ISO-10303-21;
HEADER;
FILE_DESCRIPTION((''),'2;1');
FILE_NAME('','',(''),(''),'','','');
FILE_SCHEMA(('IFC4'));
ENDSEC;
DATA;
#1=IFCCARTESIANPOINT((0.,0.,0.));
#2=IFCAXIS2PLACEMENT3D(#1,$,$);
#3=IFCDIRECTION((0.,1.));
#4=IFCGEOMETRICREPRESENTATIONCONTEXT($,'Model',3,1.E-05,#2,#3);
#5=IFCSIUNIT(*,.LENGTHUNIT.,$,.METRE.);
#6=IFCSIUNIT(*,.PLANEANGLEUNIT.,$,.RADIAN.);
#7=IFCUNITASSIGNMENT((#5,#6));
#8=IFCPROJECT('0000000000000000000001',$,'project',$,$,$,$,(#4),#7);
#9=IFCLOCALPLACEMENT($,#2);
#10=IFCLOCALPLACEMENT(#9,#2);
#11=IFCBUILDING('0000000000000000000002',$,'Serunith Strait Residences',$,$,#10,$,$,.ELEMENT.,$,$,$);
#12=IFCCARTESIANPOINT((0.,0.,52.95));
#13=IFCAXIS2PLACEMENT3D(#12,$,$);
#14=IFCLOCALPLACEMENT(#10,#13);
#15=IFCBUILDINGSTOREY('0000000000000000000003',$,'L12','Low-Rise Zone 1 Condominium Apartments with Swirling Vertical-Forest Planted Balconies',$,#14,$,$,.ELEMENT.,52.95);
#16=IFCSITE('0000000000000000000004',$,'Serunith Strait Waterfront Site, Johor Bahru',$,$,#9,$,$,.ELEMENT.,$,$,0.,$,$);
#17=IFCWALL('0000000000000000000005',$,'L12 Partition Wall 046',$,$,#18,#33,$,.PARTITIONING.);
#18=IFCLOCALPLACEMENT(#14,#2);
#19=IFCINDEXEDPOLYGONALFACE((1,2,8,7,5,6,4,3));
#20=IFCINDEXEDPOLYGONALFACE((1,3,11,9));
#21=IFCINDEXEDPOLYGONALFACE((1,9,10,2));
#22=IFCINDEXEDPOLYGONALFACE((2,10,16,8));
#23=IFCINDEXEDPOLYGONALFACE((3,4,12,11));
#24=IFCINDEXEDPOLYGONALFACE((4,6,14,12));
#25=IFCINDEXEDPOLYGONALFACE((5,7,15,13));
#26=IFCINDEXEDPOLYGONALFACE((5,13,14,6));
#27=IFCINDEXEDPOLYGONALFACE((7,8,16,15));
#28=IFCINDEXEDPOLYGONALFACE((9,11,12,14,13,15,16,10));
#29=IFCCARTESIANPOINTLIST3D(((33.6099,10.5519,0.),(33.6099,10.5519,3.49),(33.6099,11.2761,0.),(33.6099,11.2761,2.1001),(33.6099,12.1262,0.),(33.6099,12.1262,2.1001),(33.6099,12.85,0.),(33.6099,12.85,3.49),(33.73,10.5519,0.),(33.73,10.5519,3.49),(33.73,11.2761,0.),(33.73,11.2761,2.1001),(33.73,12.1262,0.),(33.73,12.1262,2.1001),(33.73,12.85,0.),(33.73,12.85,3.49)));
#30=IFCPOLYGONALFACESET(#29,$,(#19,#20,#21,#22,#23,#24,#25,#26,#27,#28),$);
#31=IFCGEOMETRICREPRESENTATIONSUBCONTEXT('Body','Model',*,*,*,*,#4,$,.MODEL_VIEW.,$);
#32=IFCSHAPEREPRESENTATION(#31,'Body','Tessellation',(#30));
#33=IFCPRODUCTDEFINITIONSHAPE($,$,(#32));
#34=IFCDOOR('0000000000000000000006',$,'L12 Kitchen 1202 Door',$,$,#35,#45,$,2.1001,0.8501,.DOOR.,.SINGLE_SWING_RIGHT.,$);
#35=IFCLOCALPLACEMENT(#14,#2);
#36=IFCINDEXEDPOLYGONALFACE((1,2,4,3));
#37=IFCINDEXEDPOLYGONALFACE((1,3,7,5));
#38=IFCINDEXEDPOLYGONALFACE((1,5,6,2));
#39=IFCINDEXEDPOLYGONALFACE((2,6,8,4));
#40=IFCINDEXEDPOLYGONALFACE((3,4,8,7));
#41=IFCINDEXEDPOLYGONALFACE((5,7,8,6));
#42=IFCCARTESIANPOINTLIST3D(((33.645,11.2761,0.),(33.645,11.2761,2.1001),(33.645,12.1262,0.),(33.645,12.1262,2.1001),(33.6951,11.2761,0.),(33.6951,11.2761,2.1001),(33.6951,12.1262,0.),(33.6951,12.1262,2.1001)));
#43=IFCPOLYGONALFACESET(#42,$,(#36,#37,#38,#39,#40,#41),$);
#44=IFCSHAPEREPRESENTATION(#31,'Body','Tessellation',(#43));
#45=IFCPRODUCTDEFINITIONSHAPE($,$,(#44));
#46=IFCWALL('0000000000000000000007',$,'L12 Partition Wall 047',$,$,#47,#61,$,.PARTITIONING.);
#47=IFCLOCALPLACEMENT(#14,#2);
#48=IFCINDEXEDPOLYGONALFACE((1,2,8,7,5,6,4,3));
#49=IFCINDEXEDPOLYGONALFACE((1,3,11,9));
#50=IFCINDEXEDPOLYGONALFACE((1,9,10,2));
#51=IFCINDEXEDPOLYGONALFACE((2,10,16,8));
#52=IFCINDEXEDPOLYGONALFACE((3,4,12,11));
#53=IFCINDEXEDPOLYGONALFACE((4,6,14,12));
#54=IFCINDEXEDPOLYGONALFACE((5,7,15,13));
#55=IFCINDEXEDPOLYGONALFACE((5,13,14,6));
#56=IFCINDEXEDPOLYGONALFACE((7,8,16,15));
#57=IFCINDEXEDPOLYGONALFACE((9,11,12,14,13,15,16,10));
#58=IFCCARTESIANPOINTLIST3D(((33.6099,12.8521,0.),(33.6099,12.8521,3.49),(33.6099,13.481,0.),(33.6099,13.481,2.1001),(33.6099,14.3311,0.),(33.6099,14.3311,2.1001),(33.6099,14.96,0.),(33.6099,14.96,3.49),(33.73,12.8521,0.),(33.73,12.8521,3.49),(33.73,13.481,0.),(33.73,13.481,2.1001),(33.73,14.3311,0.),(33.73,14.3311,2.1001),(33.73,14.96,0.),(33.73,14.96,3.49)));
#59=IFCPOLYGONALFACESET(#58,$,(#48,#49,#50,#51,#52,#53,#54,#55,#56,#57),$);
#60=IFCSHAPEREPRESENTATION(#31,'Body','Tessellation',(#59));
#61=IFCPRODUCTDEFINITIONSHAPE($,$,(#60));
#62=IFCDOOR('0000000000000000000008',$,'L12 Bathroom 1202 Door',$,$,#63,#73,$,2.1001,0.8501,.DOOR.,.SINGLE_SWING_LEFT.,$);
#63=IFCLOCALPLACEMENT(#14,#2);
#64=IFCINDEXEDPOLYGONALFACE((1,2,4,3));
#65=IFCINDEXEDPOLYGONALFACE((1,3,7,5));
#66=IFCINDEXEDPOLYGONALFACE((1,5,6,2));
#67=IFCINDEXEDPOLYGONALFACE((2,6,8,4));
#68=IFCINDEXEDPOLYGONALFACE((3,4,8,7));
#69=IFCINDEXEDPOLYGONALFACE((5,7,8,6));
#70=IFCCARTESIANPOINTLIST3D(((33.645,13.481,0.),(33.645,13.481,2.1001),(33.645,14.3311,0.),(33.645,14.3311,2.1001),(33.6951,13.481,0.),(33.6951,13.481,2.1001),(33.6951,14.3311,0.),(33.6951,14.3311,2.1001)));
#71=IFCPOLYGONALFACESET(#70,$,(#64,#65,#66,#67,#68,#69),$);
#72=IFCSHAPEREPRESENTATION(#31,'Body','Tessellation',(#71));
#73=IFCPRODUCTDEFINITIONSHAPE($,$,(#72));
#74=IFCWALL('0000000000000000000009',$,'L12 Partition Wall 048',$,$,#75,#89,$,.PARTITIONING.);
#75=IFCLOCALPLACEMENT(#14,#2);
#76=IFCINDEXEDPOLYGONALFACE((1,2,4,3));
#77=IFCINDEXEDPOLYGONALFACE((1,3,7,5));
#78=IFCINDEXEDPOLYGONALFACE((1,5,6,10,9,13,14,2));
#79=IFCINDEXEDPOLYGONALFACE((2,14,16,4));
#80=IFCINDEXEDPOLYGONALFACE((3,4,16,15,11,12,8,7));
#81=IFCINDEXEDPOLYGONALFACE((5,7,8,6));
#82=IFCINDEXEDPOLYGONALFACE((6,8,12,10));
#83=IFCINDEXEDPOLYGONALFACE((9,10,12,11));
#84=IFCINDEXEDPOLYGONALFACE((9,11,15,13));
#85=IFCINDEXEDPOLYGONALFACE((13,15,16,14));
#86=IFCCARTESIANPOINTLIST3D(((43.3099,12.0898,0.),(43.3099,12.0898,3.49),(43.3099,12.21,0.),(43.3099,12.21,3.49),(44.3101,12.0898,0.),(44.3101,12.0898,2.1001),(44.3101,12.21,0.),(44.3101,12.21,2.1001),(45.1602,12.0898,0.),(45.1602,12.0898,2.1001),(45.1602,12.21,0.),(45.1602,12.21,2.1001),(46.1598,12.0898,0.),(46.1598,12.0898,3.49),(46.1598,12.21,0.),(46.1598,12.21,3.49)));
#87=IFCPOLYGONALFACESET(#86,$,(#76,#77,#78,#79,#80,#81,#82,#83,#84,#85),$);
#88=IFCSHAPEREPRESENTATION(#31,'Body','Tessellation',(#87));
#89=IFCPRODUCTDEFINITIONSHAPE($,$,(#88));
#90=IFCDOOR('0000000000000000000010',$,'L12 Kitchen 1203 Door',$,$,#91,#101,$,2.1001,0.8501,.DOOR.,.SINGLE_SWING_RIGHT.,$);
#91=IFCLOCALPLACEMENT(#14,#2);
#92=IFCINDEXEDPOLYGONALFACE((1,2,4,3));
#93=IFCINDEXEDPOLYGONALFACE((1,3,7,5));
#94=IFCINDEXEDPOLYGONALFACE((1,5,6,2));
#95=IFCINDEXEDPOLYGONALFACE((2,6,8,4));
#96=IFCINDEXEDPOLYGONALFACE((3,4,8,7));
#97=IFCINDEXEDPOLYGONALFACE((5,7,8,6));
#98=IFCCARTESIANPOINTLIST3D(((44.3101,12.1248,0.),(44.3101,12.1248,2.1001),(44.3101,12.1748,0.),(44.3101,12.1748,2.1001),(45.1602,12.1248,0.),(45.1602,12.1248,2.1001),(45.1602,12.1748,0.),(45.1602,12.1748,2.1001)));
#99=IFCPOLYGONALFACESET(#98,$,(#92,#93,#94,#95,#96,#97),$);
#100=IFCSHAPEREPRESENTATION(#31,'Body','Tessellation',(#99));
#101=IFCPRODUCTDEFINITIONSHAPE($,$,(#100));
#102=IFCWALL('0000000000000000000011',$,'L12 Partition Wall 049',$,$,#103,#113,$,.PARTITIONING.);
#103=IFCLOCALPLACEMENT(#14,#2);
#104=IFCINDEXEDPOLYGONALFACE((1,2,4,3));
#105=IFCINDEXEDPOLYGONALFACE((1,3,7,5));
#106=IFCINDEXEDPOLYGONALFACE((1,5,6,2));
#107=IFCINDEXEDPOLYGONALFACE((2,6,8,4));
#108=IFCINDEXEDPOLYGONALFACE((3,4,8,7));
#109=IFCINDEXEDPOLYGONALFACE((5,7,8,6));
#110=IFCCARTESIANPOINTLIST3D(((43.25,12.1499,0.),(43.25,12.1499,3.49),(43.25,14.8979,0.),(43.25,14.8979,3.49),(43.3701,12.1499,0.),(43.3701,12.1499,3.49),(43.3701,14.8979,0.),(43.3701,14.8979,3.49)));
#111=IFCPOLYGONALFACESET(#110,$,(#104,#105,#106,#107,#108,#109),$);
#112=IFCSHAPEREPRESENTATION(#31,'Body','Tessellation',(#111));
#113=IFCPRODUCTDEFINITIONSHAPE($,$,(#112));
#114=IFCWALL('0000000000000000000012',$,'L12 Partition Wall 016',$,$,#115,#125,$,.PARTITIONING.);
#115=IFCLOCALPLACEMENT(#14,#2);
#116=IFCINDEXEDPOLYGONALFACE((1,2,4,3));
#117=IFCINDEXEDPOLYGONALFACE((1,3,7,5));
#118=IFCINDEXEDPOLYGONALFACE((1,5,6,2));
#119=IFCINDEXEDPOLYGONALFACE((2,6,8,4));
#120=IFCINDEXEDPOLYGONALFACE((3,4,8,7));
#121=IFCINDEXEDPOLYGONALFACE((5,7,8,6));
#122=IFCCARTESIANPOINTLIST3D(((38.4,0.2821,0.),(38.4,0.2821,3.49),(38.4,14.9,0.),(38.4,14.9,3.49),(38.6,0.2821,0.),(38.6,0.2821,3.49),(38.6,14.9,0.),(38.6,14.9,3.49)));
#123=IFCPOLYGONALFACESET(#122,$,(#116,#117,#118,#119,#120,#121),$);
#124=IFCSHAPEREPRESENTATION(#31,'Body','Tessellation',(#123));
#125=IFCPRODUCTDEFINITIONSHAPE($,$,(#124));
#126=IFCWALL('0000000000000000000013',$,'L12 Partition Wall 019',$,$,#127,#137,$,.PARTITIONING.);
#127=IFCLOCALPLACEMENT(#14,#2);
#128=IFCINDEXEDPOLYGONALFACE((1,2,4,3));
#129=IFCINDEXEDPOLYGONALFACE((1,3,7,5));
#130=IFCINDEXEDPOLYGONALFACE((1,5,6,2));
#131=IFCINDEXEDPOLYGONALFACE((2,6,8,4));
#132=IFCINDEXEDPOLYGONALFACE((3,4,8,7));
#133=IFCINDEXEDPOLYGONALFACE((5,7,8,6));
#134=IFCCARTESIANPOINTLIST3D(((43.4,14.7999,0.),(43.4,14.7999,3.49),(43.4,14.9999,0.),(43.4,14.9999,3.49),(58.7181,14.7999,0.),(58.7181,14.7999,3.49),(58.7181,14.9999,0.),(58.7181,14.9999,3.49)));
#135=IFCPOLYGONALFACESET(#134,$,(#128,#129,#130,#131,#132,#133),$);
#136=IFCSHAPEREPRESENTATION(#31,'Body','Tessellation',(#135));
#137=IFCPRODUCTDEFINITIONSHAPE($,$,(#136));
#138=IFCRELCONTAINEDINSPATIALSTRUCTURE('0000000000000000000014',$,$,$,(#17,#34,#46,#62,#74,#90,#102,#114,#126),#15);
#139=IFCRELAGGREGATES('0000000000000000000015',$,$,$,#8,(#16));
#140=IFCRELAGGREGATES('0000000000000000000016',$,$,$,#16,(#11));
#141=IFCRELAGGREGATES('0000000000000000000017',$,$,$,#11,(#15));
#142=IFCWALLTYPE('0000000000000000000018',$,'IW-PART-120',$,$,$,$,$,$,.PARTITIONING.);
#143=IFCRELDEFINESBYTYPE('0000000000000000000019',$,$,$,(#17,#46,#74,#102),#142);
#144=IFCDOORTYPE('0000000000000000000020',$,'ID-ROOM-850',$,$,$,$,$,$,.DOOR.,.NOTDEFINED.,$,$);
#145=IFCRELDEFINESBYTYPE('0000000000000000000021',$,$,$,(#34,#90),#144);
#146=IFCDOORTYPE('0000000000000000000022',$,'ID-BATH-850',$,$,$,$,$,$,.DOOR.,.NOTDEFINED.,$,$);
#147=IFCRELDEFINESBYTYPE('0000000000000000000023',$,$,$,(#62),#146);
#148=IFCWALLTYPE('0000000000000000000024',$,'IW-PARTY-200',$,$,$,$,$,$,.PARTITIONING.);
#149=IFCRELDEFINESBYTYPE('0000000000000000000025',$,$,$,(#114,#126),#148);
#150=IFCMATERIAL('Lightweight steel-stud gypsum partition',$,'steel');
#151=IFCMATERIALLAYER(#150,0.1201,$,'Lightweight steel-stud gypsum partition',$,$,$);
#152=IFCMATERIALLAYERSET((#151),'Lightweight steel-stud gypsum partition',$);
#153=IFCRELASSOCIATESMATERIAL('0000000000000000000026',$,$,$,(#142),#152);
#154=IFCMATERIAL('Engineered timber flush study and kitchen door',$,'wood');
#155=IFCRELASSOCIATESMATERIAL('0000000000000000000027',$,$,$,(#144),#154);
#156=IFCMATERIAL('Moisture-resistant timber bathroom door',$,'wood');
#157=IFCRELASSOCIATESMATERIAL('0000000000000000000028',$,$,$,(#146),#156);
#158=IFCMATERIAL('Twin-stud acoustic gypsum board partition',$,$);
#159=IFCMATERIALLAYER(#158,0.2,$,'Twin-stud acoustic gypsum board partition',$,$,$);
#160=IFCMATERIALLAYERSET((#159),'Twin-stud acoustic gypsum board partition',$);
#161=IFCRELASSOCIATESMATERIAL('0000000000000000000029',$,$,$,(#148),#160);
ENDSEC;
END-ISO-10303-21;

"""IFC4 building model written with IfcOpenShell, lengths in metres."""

from ifc_helpers import new_model, si_unit, direction, frame, frame_2d, origin, place, context, subcontext, project, spatial, rectangle, extrude, source, transform, mapped, material, layer, layer_set, type_object, element, fill, save


model = new_model("IFC4")

# Units and contexts
model_context = context("Model", 3, precision=1e-05, world=origin(), true_north=direction((0.0, 1.0)))
body_context = subcontext(model_context, "Body", "Model", "MODEL_VIEW")
ifc_project = project(units=[si_unit("LENGTHUNIT", "METRE"), si_unit("PLANEANGLEUNIT", "RADIAN")], contexts=[model_context])

# Site, building, storey
site_placement = place(None, origin())
site = spatial("IfcSite", under=ifc_project, at=site_placement, Name="Serunith Strait Waterfront Site, Johor Bahru", CompositionType="ELEMENT", RefElevation=0.0)
building_placement = place(site_placement, origin())
building = spatial("IfcBuilding", under=site, at=building_placement, Name="Serunith Strait Residences", CompositionType="ELEMENT")
storey_placement = place(building_placement, frame((0.0, 0.0, 52.95)))
storey = spatial("IfcBuildingStorey", under=building, at=storey_placement, Name="L12", Description="Low-Rise Zone 1 Condominium Apartments with Swirling Vertical-Forest Planted Balconies", CompositionType="ELEMENT", Elevation=52.95)

# Walls, openings, doors
ifc_material_1 = material(Name="Lightweight steel-stud gypsum partition", Category="steel")
ifc_layer_1 = layer(ifc_material_1, 0.1201, Name="Lightweight steel-stud gypsum partition")
ifc_layer_set_1 = layer_set([ifc_layer_1], Name="Lightweight steel-stud gypsum partition")
wall_type_1 = type_object("IfcWallType", Name="IW-PART-120", PredefinedType="PARTITIONING", material=ifc_layer_set_1)
ifc_material_2 = material(Name="Engineered timber flush study and kitchen door", Category="wood")
door_type_1 = type_object("IfcDoorType", Name="ID-ROOM-850", OperationType="NOTDEFINED", PredefinedType="DOOR", material=ifc_material_2)
shared_shape_1 = source(origin(), body_context, "Body", "SweptSolid", [
    extrude(rectangle(XDim=0.8501, YDim=2.1001, at=frame_2d((0.425, 1.05))), frame((0.0, 0.0249, 0.0), z_axis=(0.0, -1.0, 0.0), x_axis=(1.0, 0.0, 0.0)), (0.0, 0.0, 1.0), 0.05),
])
wall_1_placement = place(storey_placement, frame((33.6699, 10.552, 0.0), z_axis=(0.0, 0.0, 1.0), x_axis=(0.0, 1.0, 0.0)))
wall_1 = element("IfcWall", 1, at=wall_1_placement, inside=storey, type_object=wall_type_1, Name="L12 Partition Wall 046", PredefinedType="PARTITIONING", context=body_context, shape_type="SweptSolid", body=[
    extrude(rectangle(XDim=2.2981, YDim=0.1201, at=frame_2d((1.1489, 0.0))), origin(), (0.0, 0.0, 1.0), 3.49),
])
opening_1_placement = place(wall_1_placement, frame((0.7241, 0.0, 0.0)))
opening_1 = element("IfcOpeningElement", 2, at=opening_1_placement, cuts=wall_1, PredefinedType="OPENING", context=body_context, shape_type="SweptSolid", body=[
    extrude(rectangle(XDim=0.8501, YDim=2.1001, at=frame_2d((0.425, 1.05))), frame((0.0, 0.0701, 0.0), z_axis=(0.0, -1.0, 0.0), x_axis=(1.0, 0.0, 0.0)), (0.0, 0.0, 1.0), 0.1401),
])
door_1_placement = place(opening_1_placement, origin())
door_1 = element("IfcDoor", 3, at=door_1_placement, inside=storey, type_object=door_type_1, Name="L12 Kitchen 1202 Door", OperationType="SINGLE_SWING_RIGHT", OverallHeight=2.1001, OverallWidth=0.8501, PredefinedType="DOOR", context=body_context, shape_type="MappedRepresentation", body=[
    mapped(shared_shape_1, transform((0.0, 0.0, 0.0), scale=1.0)),
])
fill(opening_1, door_1)
wall_2_placement = place(storey_placement, frame((33.6699, 12.8521, 0.0), z_axis=(0.0, 0.0, 1.0), x_axis=(0.0, 1.0, 0.0)))
wall_2 = element("IfcWall", 4, at=wall_2_placement, inside=storey, type_object=wall_type_1, Name="L12 Partition Wall 047", PredefinedType="PARTITIONING", context=body_context, shape_type="SweptSolid", body=[
    extrude(rectangle(XDim=2.1079, YDim=0.1201, at=frame_2d((1.054, 0.0))), origin(), (0.0, 0.0, 1.0), 3.49),
])
opening_2_placement = place(wall_2_placement, frame((0.6289, 0.0, 0.0)))
opening_2 = element("IfcOpeningElement", 5, at=opening_2_placement, cuts=wall_2, PredefinedType="OPENING", context=body_context, shape_type="SweptSolid", body=[
    extrude(rectangle(XDim=0.8501, YDim=2.1001, at=frame_2d((0.425, 1.05))), frame((0.0, 0.0701, 0.0), z_axis=(0.0, -1.0, 0.0), x_axis=(1.0, 0.0, 0.0)), (0.0, 0.0, 1.0), 0.1401),
])
ifc_material_3 = material(Name="Moisture-resistant timber bathroom door", Category="wood")
door_type_2 = type_object("IfcDoorType", Name="ID-BATH-850", OperationType="NOTDEFINED", PredefinedType="DOOR", material=ifc_material_3)
door_2_placement = place(opening_2_placement, origin())
door_2 = element("IfcDoor", 6, at=door_2_placement, inside=storey, type_object=door_type_2, Name="L12 Bathroom 1202 Door", OperationType="SINGLE_SWING_LEFT", OverallHeight=2.1001, OverallWidth=0.8501, PredefinedType="DOOR", context=body_context, shape_type="MappedRepresentation", body=[
    mapped(shared_shape_1, transform((0.0, 0.0, 0.0), scale=1.0)),
])
fill(opening_2, door_2)
wall_3_placement = place(storey_placement, frame((43.3101, 12.1499, 0.0), z_axis=(0.0, 0.0, 1.0), x_axis=(1.0, 0.0, 0.0)))
wall_3 = element("IfcWall", 7, at=wall_3_placement, inside=storey, type_object=wall_type_1, Name="L12 Partition Wall 048", PredefinedType="PARTITIONING", context=body_context, shape_type="SweptSolid", body=[
    extrude(rectangle(XDim=2.8499, YDim=0.1201, at=frame_2d((1.4248, 0.0))), origin(), (0.0, 0.0, 1.0), 3.49),
])
opening_3_placement = place(wall_3_placement, frame((1.0, 0.0, 0.0)))
opening_3 = element("IfcOpeningElement", 8, at=opening_3_placement, cuts=wall_3, PredefinedType="OPENING", context=body_context, shape_type="SweptSolid", body=[
    extrude(rectangle(XDim=0.8501, YDim=2.1001, at=frame_2d((0.425, 1.05))), frame((0.0, 0.0701, 0.0), z_axis=(0.0, -1.0, 0.0), x_axis=(1.0, 0.0, 0.0)), (0.0, 0.0, 1.0), 0.1401),
])
door_3_placement = place(opening_3_placement, origin())
door_3 = element("IfcDoor", 9, at=door_3_placement, inside=storey, type_object=door_type_1, Name="L12 Kitchen 1203 Door", OperationType="SINGLE_SWING_RIGHT", OverallHeight=2.1001, OverallWidth=0.8501, PredefinedType="DOOR", context=body_context, shape_type="MappedRepresentation", body=[
    mapped(shared_shape_1, transform((0.0, 0.0, 0.0), scale=1.0)),
])
fill(opening_3, door_3)

# Walls
wall_4_placement = place(storey_placement, frame((43.3101, 12.1499, 0.0), z_axis=(0.0, 0.0, 1.0), x_axis=(0.0, 1.0, 0.0)))
element("IfcWall", 10, at=wall_4_placement, inside=storey, type_object=wall_type_1, Name="L12 Partition Wall 049", PredefinedType="PARTITIONING", context=body_context, shape_type="SweptSolid", body=[
    extrude(rectangle(XDim=2.748, YDim=0.1201, at=frame_2d((1.374, 0.0))), origin(), (0.0, 0.0, 1.0), 3.49),
])
ifc_material_4 = material(Name="Twin-stud acoustic gypsum board partition")
ifc_layer_2 = layer(ifc_material_4, 0.2, Name="Twin-stud acoustic gypsum board partition")
ifc_layer_set_2 = layer_set([ifc_layer_2], Name="Twin-stud acoustic gypsum board partition")
wall_type_2 = type_object("IfcWallType", Name="IW-PARTY-200", PredefinedType="PARTITIONING", material=ifc_layer_set_2)
wall_5_placement = place(storey_placement, frame((38.5, 0.282, 0.0), z_axis=(0.0, 0.0, 1.0), x_axis=(0.0, 1.0, 0.0)))
element("IfcWall", 11, at=wall_5_placement, inside=storey, type_object=wall_type_2, Name="L12 Partition Wall 016", PredefinedType="PARTITIONING", context=body_context, shape_type="SweptSolid", body=[
    extrude(rectangle(XDim=14.6179, YDim=0.2, at=frame_2d((7.3091, 0.0))), origin(), (0.0, 0.0, 1.0), 3.49),
])
wall_6_placement = place(storey_placement, frame((43.3999, 14.8999, 0.0), z_axis=(0.0, 0.0, 1.0), x_axis=(1.0, 0.0, 0.0)))
element("IfcWall", 12, at=wall_6_placement, inside=storey, type_object=wall_type_2, Name="L12 Partition Wall 019", PredefinedType="PARTITIONING", context=body_context, shape_type="SweptSolid", body=[
    extrude(rectangle(XDim=15.3181, YDim=0.2, at=frame_2d((7.6592, 0.0))), origin(), (0.0, 0.0, 1.0), 3.49),
])

save(model, "model.ifc")
